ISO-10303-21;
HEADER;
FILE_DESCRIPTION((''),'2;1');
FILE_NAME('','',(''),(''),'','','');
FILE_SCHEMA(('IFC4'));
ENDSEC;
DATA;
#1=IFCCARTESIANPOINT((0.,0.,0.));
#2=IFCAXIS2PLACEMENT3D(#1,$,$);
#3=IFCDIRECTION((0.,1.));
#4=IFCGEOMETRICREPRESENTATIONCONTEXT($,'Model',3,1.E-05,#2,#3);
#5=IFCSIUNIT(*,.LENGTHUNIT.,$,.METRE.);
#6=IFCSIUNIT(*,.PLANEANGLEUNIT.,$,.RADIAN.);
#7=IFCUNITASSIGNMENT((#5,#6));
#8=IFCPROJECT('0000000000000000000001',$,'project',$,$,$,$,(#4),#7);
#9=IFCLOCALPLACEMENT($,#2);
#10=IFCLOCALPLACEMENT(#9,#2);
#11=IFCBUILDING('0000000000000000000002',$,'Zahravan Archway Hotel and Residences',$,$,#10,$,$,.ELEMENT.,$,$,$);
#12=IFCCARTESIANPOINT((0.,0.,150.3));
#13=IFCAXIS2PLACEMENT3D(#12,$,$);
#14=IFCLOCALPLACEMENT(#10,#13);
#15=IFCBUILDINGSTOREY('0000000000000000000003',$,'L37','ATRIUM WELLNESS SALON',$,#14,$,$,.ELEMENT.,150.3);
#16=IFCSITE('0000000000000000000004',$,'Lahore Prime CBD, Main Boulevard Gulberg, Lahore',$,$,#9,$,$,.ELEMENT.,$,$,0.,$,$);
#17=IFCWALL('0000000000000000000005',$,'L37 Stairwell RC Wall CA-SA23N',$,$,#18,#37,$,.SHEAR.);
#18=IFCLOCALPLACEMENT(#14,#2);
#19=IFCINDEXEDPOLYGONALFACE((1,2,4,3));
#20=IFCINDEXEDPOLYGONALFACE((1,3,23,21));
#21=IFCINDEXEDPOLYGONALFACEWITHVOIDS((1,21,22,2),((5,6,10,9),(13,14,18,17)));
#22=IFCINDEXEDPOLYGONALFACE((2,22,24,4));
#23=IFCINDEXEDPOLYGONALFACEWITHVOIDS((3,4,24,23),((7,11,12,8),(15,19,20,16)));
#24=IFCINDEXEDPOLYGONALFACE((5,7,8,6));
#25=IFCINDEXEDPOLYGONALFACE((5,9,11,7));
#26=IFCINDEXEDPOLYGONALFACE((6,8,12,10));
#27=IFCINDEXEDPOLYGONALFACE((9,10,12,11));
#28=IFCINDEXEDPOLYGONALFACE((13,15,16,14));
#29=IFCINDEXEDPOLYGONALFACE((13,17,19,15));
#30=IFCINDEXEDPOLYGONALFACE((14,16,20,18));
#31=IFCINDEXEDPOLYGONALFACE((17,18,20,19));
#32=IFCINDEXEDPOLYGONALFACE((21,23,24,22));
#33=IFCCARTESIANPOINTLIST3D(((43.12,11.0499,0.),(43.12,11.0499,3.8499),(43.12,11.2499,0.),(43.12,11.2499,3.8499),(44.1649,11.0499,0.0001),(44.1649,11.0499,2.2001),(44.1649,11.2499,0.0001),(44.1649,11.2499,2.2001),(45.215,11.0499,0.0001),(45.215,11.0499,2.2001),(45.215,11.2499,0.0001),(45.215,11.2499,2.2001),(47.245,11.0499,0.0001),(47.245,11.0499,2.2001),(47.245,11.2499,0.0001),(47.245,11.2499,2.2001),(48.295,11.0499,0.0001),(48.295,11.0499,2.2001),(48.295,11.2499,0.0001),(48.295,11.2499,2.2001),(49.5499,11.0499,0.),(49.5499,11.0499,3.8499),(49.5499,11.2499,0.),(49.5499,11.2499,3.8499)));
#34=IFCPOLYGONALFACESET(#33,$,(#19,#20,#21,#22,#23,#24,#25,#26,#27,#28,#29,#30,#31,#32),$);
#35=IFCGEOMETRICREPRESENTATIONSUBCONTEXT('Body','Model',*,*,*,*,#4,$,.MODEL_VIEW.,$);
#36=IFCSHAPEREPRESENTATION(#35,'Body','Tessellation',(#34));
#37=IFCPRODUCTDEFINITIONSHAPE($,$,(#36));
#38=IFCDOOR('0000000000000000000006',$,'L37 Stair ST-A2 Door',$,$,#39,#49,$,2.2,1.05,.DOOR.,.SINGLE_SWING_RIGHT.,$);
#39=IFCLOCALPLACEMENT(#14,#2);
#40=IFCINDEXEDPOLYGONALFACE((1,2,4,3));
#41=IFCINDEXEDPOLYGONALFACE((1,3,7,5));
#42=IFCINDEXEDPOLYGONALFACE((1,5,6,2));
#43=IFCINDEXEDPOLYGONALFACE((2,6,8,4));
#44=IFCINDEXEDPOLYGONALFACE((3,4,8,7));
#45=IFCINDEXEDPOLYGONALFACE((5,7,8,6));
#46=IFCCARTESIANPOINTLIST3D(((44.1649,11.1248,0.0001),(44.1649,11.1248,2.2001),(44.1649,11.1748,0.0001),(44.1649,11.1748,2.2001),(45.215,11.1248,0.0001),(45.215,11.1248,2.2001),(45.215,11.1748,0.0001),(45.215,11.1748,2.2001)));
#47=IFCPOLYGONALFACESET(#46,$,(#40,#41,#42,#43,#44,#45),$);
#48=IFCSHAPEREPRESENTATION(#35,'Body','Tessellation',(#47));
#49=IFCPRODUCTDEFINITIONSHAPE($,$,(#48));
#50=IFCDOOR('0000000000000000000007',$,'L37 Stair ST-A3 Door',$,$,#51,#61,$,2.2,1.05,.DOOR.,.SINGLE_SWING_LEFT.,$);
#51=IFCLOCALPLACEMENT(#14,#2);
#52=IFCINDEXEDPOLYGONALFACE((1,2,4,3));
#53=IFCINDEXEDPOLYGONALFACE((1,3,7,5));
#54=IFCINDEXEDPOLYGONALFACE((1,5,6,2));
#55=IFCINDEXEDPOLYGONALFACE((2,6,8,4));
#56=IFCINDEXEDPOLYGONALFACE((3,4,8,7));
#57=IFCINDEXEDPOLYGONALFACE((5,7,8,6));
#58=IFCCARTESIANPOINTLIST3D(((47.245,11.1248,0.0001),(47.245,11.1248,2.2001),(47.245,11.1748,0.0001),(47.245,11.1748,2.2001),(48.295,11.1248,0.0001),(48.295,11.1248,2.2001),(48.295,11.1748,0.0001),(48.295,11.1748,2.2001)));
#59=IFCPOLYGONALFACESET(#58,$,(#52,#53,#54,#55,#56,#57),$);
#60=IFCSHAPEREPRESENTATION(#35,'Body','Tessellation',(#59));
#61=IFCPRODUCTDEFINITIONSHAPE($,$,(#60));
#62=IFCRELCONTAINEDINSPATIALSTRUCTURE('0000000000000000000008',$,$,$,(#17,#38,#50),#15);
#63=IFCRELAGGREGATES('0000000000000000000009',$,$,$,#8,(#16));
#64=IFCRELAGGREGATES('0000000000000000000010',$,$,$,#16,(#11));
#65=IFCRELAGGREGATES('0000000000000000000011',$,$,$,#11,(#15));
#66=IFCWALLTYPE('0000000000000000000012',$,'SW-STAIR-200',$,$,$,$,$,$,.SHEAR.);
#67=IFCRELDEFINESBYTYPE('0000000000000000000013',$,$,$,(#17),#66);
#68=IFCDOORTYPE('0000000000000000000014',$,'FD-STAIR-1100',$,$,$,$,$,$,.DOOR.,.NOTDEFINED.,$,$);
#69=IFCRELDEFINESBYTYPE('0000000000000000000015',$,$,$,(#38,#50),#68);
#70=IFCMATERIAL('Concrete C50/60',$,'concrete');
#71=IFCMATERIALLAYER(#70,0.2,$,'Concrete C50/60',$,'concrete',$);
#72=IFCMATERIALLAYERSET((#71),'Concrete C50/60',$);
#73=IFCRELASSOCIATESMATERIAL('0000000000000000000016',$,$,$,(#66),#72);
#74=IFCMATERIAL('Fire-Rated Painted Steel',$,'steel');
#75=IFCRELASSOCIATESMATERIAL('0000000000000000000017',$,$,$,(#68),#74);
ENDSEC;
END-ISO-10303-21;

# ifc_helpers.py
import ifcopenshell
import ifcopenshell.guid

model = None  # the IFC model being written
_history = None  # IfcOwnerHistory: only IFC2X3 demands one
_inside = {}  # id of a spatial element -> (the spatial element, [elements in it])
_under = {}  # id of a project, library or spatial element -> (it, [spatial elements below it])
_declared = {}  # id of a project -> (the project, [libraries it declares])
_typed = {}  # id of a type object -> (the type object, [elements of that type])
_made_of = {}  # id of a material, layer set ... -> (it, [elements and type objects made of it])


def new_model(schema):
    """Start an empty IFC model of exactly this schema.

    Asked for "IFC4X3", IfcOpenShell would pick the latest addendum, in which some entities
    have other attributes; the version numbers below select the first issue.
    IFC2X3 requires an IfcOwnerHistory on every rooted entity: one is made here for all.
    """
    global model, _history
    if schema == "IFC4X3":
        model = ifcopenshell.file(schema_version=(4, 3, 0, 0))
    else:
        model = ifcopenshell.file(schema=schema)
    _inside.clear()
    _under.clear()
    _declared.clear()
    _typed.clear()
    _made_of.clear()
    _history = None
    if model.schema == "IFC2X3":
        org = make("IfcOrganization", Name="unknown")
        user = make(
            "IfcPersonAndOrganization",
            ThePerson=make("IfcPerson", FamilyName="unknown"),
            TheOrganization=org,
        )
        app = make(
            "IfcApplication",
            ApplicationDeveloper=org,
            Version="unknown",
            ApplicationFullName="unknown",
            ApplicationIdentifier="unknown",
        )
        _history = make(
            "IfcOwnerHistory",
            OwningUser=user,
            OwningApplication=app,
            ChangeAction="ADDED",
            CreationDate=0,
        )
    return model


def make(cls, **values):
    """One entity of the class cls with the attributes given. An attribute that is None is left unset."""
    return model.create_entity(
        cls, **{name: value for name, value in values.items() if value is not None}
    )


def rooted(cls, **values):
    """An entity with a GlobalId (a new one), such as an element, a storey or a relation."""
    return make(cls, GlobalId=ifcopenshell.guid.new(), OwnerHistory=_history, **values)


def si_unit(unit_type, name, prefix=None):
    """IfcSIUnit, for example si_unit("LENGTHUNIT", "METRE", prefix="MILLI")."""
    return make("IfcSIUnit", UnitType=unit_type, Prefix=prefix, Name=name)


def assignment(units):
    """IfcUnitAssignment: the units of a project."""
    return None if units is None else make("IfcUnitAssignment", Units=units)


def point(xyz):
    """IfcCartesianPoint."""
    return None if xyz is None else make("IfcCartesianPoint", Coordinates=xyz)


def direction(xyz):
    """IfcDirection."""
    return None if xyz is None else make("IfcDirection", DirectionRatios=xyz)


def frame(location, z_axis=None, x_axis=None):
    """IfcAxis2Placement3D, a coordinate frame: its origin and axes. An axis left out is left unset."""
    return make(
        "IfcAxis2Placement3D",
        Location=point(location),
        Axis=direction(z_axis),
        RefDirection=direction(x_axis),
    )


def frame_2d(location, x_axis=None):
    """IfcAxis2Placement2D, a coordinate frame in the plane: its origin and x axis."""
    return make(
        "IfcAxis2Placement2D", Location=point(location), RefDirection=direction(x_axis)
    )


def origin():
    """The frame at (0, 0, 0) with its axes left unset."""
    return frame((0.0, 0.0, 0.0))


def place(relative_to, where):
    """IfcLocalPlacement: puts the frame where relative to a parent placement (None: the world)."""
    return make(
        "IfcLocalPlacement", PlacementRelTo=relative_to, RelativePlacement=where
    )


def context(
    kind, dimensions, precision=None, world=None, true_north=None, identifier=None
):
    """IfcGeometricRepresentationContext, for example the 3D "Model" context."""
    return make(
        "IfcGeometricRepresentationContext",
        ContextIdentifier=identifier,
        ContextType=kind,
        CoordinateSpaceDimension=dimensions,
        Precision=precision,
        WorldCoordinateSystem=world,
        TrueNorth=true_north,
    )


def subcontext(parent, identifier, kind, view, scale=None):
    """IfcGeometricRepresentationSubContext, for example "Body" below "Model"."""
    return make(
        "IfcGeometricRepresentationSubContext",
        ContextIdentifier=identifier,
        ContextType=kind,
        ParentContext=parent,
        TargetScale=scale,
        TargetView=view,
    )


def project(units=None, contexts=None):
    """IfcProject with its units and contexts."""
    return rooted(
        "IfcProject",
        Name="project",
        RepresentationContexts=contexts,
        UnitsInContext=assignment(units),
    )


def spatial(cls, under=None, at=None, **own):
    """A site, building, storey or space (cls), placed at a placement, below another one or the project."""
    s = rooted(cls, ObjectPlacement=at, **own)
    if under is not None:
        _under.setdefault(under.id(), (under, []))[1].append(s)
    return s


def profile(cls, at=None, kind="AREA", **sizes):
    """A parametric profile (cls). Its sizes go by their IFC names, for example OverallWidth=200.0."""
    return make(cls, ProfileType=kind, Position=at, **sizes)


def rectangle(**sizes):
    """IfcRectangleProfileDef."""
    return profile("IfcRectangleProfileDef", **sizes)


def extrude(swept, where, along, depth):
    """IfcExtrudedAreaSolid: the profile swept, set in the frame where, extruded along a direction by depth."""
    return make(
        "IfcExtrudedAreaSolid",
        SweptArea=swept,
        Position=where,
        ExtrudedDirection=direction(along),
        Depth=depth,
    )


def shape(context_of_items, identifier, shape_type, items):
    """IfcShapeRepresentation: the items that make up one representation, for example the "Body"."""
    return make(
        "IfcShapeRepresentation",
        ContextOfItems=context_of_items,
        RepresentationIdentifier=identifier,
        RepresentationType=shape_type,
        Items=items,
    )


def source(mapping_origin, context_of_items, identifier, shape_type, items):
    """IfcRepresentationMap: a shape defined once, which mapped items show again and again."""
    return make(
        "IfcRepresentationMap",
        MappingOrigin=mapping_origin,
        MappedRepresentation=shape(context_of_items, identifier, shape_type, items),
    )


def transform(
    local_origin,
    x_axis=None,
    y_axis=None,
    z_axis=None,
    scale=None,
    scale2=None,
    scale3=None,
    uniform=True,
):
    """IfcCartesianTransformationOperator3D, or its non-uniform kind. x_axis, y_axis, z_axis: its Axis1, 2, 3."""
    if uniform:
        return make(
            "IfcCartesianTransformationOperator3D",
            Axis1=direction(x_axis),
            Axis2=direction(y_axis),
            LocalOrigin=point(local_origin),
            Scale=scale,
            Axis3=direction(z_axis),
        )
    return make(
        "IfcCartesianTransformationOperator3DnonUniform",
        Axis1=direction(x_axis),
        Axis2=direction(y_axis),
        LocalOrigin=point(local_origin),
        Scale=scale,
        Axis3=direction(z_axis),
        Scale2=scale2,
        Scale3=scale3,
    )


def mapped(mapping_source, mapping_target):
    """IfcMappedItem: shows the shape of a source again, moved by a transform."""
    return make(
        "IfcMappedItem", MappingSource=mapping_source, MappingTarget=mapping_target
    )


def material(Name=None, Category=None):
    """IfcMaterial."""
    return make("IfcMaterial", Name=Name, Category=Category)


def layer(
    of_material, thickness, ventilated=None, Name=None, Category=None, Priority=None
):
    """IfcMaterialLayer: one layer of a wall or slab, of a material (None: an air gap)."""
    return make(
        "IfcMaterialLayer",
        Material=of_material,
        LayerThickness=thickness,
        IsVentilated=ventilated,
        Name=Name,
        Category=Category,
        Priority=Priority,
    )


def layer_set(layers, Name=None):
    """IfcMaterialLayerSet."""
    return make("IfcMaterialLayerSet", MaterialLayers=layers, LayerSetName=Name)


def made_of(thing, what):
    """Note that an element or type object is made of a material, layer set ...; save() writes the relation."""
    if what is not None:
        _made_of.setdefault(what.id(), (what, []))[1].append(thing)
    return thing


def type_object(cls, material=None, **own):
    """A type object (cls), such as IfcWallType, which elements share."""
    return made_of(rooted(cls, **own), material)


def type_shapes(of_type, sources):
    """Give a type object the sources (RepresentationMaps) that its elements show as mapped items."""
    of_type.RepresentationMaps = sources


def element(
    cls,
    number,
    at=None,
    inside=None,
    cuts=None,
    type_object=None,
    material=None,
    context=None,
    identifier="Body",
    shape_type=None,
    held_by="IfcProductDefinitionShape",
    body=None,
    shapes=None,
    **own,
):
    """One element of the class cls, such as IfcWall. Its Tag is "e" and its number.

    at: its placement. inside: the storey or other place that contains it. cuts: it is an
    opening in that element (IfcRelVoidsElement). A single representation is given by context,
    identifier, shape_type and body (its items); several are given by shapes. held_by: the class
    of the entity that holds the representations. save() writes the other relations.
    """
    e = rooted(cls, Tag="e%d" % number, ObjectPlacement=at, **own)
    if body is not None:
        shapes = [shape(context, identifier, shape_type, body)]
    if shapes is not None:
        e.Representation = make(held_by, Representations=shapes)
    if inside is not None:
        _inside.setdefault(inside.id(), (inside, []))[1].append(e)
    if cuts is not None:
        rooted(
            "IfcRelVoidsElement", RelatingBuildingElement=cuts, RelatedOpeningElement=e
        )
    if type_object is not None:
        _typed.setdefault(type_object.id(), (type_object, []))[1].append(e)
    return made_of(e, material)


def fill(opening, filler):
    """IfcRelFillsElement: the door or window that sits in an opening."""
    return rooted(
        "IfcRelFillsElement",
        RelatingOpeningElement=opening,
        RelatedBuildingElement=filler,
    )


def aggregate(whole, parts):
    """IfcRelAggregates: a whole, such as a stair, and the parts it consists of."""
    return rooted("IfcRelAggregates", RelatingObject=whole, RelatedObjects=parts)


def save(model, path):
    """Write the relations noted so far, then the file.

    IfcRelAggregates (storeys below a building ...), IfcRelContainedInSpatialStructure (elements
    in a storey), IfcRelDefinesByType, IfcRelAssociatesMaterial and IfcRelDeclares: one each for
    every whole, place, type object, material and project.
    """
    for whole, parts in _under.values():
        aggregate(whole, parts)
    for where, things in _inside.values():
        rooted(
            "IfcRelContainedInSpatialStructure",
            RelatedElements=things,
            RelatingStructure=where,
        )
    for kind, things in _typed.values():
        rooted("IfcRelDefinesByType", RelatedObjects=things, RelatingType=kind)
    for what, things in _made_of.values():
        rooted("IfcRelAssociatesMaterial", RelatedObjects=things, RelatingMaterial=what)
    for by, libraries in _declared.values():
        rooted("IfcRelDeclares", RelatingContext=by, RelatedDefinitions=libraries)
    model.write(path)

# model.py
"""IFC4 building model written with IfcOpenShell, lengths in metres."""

from ifc_helpers import new_model, si_unit, direction, frame, frame_2d, origin, place, context, subcontext, project, spatial, rectangle, extrude, source, transform, mapped, material, layer, layer_set, type_object, type_shapes, element, fill, save


model = new_model("IFC4")

# Units and contexts
model_context = context("Model", 3, precision=1e-05, world=origin(), true_north=direction((0.0, 1.0)))
body_context = subcontext(model_context, "Body", "Model", "MODEL_VIEW")
ifc_project = project(units=[si_unit("LENGTHUNIT", "METRE"), si_unit("PLANEANGLEUNIT", "RADIAN")], contexts=[model_context])

# Site, building, storey
site_placement = place(None, origin())
site = spatial("IfcSite", under=ifc_project, at=site_placement, Name="Lahore Prime CBD, Main Boulevard Gulberg, Lahore", CompositionType="ELEMENT", RefElevation=0.0)
building_placement = place(site_placement, origin())
building = spatial("IfcBuilding", under=site, at=building_placement, Name="Zahravan Archway Hotel and Residences", CompositionType="ELEMENT")
storey_placement = place(building_placement, frame((0.0, 0.0, 150.3)))
storey = spatial("IfcBuildingStorey", under=building, at=storey_placement, Name="L37", Description="ATRIUM WELLNESS SALON", CompositionType="ELEMENT", Elevation=150.3)

# Shared definitions
ifc_material_1 = material(Name="Fire-Rated Painted Steel", Category="steel")

# Wall, openings, doors
ifc_material_2 = material(Name="Concrete C50/60", Category="concrete")
ifc_layer_1 = layer(ifc_material_2, 0.2, Name="Concrete C50/60", Category="concrete")
ifc_layer_set_1 = layer_set([ifc_layer_1], Name="Concrete C50/60")
wall_type_1 = type_object("IfcWallType", Name="SW-STAIR-200", PredefinedType="SHEAR", material=ifc_layer_set_1)
wall_1_placement = place(storey_placement, frame((43.1201, 11.1499, 0.0), z_axis=(0.0, 0.0, 1.0), x_axis=(1.0, 0.0, 0.0)))
wall_1 = element("IfcWall", 1, at=wall_1_placement, inside=storey, type_object=wall_type_1, Name="L37 Stairwell RC Wall CA-SA23N", PredefinedType="SHEAR", context=body_context, shape_type="SweptSolid", body=[
    extrude(rectangle(XDim=6.4299, YDim=0.2, at=frame_2d((3.2148, 0.0))), origin(), (0.0, 0.0, 1.0), 3.8499),
])
opening_1_placement = place(wall_1_placement, frame((1.0449, 0.0, 0.0)))
opening_1 = element("IfcOpeningElement", 2, at=opening_1_placement, cuts=wall_1, PredefinedType="OPENING", context=body_context, shape_type="SweptSolid", body=[
    extrude(rectangle(XDim=1.05, YDim=2.2, at=frame_2d((0.5249, 1.1001))), frame((0.0, 0.1099, 0.0), z_axis=(0.0, -1.0, 0.0), x_axis=(1.0, 0.0, 0.0)), (0.0, 0.0, 1.0), 0.22),
])
opening_2_placement = place(wall_1_placement, frame((4.125, 0.0, 0.0)))
opening_2 = element("IfcOpeningElement", 3, at=opening_2_placement, cuts=wall_1, PredefinedType="OPENING", context=body_context, shape_type="SweptSolid", body=[
    extrude(rectangle(XDim=1.05, YDim=2.2, at=frame_2d((0.5249, 1.1001))), frame((0.0, 0.1099, 0.0), z_axis=(0.0, -1.0, 0.0), x_axis=(1.0, 0.0, 0.0)), (0.0, 0.0, 1.0), 0.22),
])
door_type_1 = type_object("IfcDoorType", Name="FD-STAIR-1100", OperationType="NOTDEFINED", PredefinedType="DOOR", material=ifc_material_1)
shared_shape_1 = source(origin(), body_context, "Body", "SweptSolid", [
    extrude(rectangle(XDim=1.05, YDim=2.2, at=frame_2d((0.5249, 1.1001))), frame((0.0, 0.0249, 0.0), z_axis=(0.0, -1.0, 0.0), x_axis=(1.0, 0.0, 0.0)), (0.0, 0.0, 1.0), 0.05),
])
type_shapes(door_type_1, [shared_shape_1])
door_1_placement = place(opening_1_placement, origin())
door_1 = element("IfcDoor", 4, at=door_1_placement, inside=storey, type_object=door_type_1, Name="L37 Stair ST-A2 Door", OperationType="SINGLE_SWING_RIGHT", OverallHeight=2.2, OverallWidth=1.05, PredefinedType="DOOR", context=body_context, shape_type="MappedRepresentation", body=[
    mapped(shared_shape_1, transform((0.0, 0.0, 0.0), scale=1.0)),
])
fill(opening_1, door_1)
door_2_placement = place(opening_2_placement, origin())
door_2 = element("IfcDoor", 5, at=door_2_placement, inside=storey, type_object=door_type_1, Name="L37 Stair ST-A3 Door", OperationType="SINGLE_SWING_LEFT", OverallHeight=2.2, OverallWidth=1.05, PredefinedType="DOOR", context=body_context, shape_type="MappedRepresentation", body=[
    mapped(shared_shape_1, transform((0.0, 0.0, 0.0), scale=1.0)),
])
fill(opening_2, door_2)

save(model, "model.ifc")
